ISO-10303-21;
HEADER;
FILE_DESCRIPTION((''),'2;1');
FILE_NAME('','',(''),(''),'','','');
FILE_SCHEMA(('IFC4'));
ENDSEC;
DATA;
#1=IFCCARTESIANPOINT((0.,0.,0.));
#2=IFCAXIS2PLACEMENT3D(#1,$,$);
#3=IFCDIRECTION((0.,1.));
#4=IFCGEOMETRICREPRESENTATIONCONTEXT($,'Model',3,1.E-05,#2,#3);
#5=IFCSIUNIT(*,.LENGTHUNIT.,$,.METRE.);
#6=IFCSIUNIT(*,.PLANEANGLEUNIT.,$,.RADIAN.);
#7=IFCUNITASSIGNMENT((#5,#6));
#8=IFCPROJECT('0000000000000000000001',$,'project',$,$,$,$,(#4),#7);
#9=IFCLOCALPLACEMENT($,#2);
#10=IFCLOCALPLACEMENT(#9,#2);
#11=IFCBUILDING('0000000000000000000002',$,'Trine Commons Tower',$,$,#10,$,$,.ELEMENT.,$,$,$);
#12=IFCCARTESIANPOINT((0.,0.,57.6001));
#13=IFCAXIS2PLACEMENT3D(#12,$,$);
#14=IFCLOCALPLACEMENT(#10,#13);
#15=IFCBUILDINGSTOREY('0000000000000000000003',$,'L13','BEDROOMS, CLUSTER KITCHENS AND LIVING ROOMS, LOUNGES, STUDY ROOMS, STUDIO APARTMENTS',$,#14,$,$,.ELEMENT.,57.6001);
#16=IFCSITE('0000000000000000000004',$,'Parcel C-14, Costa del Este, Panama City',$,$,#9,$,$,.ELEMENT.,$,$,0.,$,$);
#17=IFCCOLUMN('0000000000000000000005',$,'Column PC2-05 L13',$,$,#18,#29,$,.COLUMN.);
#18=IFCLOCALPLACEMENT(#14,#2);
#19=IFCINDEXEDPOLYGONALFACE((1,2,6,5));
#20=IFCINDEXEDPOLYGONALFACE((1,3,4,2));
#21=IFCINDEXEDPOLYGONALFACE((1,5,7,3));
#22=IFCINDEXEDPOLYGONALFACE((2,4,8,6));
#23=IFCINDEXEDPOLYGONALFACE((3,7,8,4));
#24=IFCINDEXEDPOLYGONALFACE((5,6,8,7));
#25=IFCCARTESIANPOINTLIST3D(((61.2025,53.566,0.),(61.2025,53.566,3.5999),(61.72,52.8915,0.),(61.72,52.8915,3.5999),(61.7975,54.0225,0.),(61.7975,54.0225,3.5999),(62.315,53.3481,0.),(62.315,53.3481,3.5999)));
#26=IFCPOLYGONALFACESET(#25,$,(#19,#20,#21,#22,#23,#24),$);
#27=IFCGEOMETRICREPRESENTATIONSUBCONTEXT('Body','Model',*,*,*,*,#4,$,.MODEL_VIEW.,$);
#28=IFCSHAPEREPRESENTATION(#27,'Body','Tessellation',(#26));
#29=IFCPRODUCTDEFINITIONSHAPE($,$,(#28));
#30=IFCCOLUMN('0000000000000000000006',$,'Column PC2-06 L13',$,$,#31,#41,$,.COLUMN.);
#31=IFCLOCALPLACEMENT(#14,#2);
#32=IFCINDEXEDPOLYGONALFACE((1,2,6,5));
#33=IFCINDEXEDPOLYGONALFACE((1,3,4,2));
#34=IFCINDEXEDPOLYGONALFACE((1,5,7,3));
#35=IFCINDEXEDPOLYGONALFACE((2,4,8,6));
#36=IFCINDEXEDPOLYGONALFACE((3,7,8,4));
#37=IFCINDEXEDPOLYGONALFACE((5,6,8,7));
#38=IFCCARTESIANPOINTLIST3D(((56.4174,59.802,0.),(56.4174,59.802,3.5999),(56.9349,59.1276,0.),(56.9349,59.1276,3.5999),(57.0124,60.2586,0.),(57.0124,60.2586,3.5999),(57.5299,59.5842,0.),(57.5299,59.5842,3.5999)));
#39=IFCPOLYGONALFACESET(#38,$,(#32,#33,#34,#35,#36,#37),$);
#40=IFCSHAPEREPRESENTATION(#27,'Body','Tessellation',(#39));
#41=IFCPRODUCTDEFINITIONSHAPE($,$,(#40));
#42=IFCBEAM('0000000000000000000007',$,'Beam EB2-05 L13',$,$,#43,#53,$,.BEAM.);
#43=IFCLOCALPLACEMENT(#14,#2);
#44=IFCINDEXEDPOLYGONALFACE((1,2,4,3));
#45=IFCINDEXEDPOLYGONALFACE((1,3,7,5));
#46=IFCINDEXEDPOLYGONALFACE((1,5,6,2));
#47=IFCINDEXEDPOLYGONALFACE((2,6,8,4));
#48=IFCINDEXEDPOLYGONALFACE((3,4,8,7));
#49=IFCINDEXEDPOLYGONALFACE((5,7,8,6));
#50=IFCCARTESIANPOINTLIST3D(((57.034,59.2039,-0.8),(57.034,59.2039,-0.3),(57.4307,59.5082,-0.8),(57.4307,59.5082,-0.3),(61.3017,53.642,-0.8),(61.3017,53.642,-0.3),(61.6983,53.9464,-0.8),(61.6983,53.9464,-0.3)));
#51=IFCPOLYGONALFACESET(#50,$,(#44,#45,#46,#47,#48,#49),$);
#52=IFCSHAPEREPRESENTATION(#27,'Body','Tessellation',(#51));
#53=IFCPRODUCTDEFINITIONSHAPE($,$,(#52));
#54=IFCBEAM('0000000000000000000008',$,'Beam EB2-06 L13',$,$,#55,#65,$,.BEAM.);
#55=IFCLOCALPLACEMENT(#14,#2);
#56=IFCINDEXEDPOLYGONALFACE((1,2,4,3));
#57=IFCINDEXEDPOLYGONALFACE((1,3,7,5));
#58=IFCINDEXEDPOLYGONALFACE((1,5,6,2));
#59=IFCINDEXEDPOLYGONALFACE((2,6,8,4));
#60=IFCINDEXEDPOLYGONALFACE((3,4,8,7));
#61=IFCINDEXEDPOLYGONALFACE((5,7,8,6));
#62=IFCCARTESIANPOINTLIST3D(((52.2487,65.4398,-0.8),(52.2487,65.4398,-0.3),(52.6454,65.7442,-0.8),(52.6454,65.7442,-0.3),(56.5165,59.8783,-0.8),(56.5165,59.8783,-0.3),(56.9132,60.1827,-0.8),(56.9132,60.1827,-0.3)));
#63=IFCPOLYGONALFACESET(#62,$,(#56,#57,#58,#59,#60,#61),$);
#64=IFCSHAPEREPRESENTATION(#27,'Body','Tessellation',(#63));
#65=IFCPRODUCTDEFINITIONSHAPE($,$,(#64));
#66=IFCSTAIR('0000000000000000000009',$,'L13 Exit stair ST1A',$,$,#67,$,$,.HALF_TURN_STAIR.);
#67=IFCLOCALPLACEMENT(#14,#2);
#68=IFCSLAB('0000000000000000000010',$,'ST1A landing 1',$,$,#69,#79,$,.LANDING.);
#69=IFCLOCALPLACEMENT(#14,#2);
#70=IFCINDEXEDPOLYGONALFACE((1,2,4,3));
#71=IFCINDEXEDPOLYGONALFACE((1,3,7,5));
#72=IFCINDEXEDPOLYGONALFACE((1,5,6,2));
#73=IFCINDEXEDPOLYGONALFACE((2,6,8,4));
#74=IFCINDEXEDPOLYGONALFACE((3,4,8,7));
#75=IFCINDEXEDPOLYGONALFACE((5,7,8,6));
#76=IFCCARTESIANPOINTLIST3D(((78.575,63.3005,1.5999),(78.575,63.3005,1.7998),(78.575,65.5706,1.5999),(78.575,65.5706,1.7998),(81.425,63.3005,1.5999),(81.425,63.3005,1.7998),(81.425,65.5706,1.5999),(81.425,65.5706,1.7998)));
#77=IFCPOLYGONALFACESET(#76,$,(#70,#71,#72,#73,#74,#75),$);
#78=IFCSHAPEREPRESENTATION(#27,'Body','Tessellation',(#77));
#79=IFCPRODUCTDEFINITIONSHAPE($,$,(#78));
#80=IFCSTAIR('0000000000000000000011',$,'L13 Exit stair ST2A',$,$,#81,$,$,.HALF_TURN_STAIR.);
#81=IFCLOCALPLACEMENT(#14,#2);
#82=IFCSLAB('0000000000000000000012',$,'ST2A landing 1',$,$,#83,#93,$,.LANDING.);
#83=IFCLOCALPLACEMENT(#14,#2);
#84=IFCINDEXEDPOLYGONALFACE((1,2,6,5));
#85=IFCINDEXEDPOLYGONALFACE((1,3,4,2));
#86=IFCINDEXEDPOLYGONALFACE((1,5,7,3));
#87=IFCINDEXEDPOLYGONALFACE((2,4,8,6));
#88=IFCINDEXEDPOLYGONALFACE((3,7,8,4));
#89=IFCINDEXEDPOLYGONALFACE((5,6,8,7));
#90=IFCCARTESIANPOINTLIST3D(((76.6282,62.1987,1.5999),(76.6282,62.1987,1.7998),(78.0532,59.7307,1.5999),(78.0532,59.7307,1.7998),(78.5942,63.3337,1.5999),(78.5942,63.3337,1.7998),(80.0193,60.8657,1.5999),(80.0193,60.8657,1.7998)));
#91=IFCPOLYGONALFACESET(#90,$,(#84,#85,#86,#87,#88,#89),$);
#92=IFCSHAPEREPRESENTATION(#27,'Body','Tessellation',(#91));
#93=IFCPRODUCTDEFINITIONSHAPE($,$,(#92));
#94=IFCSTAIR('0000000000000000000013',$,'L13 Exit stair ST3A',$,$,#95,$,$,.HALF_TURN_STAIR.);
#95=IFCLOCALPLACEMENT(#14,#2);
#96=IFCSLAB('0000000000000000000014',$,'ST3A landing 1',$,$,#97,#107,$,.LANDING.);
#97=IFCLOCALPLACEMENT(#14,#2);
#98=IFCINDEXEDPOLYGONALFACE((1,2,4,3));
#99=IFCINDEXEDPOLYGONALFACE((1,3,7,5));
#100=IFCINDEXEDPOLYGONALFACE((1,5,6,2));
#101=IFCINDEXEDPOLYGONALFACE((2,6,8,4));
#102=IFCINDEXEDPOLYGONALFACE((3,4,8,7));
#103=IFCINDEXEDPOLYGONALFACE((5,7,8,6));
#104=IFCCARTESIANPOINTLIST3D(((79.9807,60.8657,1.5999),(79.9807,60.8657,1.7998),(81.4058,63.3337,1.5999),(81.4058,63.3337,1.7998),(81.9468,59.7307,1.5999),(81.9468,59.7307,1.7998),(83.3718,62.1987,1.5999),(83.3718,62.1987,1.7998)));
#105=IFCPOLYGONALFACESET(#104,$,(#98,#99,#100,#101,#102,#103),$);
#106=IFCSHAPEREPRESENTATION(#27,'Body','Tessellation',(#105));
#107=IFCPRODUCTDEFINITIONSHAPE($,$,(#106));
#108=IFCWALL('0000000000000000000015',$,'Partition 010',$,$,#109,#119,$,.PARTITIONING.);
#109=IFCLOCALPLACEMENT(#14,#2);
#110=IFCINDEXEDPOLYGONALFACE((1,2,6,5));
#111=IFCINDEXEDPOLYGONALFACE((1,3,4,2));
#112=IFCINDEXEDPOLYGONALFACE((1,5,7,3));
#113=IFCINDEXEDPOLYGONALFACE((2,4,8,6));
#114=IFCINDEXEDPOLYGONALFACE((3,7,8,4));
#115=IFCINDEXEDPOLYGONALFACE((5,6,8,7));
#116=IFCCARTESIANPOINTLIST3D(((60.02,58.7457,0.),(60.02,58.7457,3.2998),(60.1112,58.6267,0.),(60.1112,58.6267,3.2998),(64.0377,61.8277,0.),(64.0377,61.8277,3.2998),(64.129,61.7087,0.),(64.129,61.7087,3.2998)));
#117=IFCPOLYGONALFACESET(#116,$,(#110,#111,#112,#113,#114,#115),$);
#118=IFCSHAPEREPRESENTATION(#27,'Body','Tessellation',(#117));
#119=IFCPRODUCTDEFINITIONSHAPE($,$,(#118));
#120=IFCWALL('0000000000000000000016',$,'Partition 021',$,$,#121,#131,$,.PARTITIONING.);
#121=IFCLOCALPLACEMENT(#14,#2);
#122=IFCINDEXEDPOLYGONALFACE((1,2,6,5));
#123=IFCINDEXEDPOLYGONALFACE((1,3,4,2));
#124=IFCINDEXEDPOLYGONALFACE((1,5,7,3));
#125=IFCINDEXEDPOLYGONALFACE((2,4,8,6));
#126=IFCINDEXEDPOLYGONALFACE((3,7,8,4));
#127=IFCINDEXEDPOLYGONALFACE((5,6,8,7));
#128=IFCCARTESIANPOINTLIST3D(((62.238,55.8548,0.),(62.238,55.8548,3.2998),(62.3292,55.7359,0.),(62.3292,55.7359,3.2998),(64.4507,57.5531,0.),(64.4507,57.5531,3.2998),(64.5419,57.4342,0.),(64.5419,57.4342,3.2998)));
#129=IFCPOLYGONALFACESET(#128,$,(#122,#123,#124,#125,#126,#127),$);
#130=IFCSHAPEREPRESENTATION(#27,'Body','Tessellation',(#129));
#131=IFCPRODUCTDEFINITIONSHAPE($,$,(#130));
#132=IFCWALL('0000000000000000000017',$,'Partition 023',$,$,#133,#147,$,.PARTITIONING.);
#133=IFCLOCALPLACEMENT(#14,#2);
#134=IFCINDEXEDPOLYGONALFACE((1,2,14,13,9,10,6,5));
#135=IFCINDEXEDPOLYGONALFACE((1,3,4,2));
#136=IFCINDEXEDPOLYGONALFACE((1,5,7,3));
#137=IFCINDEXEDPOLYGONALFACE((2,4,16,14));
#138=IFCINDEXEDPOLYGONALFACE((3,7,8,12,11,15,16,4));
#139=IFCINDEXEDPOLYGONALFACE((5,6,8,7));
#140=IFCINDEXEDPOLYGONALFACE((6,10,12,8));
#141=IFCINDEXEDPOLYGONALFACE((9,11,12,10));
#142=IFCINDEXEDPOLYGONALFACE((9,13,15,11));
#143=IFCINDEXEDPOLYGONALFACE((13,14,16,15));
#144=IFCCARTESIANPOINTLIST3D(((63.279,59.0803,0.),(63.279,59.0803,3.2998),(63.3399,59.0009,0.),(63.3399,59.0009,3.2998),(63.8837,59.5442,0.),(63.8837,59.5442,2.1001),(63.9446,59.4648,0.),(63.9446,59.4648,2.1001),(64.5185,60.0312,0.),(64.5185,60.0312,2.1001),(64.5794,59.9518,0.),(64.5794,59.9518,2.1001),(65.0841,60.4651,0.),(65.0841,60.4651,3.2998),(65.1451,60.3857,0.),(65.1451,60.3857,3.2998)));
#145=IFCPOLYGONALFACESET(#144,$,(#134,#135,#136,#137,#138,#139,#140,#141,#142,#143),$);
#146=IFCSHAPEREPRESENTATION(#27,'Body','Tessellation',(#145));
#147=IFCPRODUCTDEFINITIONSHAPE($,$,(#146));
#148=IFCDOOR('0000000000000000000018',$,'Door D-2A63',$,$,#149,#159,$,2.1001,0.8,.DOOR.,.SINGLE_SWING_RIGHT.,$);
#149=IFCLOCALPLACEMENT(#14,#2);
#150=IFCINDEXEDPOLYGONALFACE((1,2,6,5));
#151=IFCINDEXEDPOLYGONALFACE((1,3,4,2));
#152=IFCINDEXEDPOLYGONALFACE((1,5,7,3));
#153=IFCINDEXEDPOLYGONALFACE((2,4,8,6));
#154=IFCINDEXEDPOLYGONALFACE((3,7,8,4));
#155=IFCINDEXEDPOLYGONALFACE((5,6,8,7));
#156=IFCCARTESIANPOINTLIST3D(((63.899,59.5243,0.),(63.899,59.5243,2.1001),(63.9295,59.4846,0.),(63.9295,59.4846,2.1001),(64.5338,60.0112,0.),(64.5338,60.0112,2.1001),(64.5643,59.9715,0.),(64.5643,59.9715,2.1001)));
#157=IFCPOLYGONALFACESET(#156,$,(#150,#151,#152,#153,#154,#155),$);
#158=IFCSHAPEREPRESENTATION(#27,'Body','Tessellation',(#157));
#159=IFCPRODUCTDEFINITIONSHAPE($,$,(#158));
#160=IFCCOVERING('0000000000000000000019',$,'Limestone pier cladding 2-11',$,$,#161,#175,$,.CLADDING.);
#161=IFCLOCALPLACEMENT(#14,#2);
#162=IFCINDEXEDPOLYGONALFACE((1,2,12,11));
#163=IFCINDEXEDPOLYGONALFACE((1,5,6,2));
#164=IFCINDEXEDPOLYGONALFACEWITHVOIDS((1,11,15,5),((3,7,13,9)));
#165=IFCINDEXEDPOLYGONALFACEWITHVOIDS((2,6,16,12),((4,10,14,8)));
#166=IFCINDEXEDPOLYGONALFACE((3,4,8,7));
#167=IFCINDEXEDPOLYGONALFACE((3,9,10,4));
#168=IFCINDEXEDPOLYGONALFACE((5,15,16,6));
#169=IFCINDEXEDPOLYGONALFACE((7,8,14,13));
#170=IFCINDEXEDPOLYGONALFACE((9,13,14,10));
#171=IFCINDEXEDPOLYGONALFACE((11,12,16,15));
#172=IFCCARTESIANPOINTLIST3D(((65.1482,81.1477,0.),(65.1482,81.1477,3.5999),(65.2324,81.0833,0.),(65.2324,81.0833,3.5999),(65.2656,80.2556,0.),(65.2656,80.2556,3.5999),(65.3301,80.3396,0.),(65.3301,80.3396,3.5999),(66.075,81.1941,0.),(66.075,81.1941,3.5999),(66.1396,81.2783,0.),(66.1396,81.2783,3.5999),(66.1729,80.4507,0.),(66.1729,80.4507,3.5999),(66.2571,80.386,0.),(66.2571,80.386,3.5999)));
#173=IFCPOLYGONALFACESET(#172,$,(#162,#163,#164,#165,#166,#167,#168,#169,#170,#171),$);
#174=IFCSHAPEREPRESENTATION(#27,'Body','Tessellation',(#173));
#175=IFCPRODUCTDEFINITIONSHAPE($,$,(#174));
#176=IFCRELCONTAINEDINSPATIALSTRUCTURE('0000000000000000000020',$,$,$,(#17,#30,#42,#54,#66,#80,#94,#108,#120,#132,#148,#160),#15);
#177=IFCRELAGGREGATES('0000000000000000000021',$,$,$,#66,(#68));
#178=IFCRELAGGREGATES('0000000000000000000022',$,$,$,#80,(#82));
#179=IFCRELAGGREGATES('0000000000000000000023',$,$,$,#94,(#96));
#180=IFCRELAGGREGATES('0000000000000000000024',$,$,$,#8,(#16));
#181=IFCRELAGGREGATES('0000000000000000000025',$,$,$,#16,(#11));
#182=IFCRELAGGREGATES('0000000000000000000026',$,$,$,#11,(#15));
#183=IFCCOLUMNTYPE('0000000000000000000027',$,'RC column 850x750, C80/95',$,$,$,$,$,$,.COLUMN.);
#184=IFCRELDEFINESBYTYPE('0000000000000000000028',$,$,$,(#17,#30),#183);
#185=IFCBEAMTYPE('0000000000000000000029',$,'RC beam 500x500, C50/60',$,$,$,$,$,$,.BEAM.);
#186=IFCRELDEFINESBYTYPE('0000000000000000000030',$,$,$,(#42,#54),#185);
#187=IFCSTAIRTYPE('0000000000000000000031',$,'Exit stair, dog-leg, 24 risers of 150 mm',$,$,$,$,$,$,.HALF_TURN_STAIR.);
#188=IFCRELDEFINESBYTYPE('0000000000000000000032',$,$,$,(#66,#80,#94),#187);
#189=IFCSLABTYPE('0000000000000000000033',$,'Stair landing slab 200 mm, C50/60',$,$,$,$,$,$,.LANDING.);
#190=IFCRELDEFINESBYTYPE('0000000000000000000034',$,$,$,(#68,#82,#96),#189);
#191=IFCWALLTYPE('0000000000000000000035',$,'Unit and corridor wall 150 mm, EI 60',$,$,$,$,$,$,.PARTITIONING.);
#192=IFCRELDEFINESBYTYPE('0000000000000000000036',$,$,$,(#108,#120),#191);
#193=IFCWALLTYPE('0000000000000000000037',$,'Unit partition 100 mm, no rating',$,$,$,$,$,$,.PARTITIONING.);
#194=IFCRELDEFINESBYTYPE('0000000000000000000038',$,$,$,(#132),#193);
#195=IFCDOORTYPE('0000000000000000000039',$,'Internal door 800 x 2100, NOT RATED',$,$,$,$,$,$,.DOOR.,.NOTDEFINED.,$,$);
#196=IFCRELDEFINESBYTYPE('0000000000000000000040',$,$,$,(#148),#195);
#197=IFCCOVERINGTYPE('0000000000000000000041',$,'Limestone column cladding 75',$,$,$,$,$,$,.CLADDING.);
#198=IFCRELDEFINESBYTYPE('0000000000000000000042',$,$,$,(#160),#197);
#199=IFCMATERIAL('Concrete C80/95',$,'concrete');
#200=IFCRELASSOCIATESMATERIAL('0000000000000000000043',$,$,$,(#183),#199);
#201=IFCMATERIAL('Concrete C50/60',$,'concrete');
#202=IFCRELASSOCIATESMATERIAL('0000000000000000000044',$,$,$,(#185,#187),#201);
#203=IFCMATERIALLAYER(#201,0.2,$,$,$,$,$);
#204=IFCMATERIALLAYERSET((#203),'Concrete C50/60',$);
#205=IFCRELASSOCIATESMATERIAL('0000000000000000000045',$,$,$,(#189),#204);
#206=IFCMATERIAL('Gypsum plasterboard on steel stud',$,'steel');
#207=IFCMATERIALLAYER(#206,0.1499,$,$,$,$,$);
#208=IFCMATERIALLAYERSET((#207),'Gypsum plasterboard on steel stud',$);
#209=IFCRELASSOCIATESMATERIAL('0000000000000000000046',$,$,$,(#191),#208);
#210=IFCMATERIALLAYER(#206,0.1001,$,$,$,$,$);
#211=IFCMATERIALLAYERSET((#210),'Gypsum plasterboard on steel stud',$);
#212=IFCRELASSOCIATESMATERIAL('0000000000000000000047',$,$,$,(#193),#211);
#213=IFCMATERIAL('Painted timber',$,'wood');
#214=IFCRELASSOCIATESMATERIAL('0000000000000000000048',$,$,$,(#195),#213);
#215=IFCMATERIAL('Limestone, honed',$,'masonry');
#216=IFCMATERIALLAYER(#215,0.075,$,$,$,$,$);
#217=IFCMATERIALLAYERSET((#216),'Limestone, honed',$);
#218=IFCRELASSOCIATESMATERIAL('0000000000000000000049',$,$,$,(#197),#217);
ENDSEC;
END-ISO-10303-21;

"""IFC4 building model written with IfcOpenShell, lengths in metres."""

from ifc_helpers import new_model, si_unit, direction, frame, frame_2d, origin, origin_2d, place, context, subcontext, project, spatial, polyline, rectangle, outline, extrude, material, layer, layer_set, material_profile, profile_set, type_object, element, fill, aggregate, save


model = new_model("IFC4")

# Units and contexts
model_context = context("Model", 3, precision=1e-05, world=origin(), true_north=direction((0.0, 1.0)))
body_context = subcontext(model_context, "Body", "Model", "MODEL_VIEW")
ifc_project = project(units=[si_unit("LENGTHUNIT", "METRE"), si_unit("PLANEANGLEUNIT", "RADIAN")], contexts=[model_context])

# Site, building, storey
site_placement = place(None, origin())
site = spatial("IfcSite", under=ifc_project, at=site_placement, Name="Parcel C-14, Costa del Este, Panama City", CompositionType="ELEMENT", RefElevation=0.0)
building_placement = place(site_placement, origin())
building = spatial("IfcBuilding", under=site, at=building_placement, Name="Trine Commons Tower", CompositionType="ELEMENT")
storey_placement = place(building_placement, frame((0.0, 0.0, 57.6001)))
storey = spatial("IfcBuildingStorey", under=building, at=storey_placement, Name="L13", Description="BEDROOMS, CLUSTER KITCHENS AND LIVING ROOMS, LOUNGES, STUDY ROOMS, STUDIO APARTMENTS", CompositionType="ELEMENT", Elevation=57.6001)

# Columns
ifc_material_1 = material(Name="Concrete C80/95", Category="concrete")
ifc_material_profile_1 = material_profile(ifc_material_1, rectangle(XDim=0.8501, YDim=0.75, at=origin_2d()), Name="RC 850x750")
ifc_profile_set_1 = profile_set([ifc_material_profile_1], Name="Concrete C80/95")
column_type = type_object("IfcColumnType", Name="RC column 850x750, C80/95", PredefinedType="COLUMN", material=ifc_profile_set_1)
for number, where, z_axis, x_axis, name in (
    (1, (61.7588, 53.457, 0.0), (0.0, 0.0, 1.0), (-0.608761, 0.793353, 0.0), "Column PC2-05 L13"),
    (2, (56.9736, 59.6931, 0.0), (0.0, 0.0, 1.0), (-0.608761, 0.793353, 0.0), "Column PC2-06 L13"),
):
    element("IfcColumn", number, at=place(storey_placement, frame(where, z_axis=z_axis, x_axis=x_axis)), inside=storey, type_object=column_type, Name=name, PredefinedType="COLUMN", context=body_context, shape_type="SweptSolid", body=[
        extrude(rectangle(XDim=0.8501, YDim=0.75, at=origin_2d()), origin(), (0.0, 0.0, 1.0), 3.5999),
    ])

# Beams
ifc_material_2 = material(Name="Concrete C50/60", Category="concrete")
ifc_material_profile_2 = material_profile(ifc_material_2, rectangle(XDim=0.5, YDim=0.5, at=origin_2d()), Name="RC 500x500")
ifc_profile_set_2 = profile_set([ifc_material_profile_2], Name="Concrete C50/60")
beam_type = type_object("IfcBeamType", Name="RC beam 500x500, C50/60", PredefinedType="BEAM", material=ifc_profile_set_2)
beam_1_placement = place(storey_placement, frame((61.5, 53.7942, -0.55), z_axis=(-0.608751, 0.793361, 0.0), x_axis=(-0.793361, -0.608751, 0.0)))
element("IfcBeam", 3, at=beam_1_placement, inside=storey, type_object=beam_type, Name="Beam EB2-05 L13", PredefinedType="BEAM", context=body_context, shape_type="SweptSolid", body=[
    extrude(rectangle(XDim=0.5, YDim=0.5, at=origin_2d()), origin(), (0.0, 0.0, 1.0), 7.0105),
])
beam_2_placement = place(storey_placement, frame((56.7148, 60.0305, -0.55), z_axis=(-0.60879, 0.793332, 0.0), x_axis=(-0.793332, -0.60879, 0.0)))
element("IfcBeam", 4, at=beam_2_placement, inside=storey, type_object=beam_type, Name="Beam EB2-06 L13", PredefinedType="BEAM", context=body_context, shape_type="SweptSolid", body=[
    extrude(rectangle(XDim=0.5, YDim=0.5, at=origin_2d()), origin(), (0.0, 0.0, 1.0), 7.0103),
])

# Stairs, slabs
stair_type = type_object("IfcStairType", Name="Exit stair, dog-leg, 24 risers of 150 mm", PredefinedType="HALF_TURN_STAIR", material=ifc_material_2)
stair_1_placement = place(storey_placement, origin())
stair_1 = element("IfcStair", 5, at=stair_1_placement, inside=storey, type_object=stair_type, Name="L13 Exit stair ST1A", PredefinedType="HALF_TURN_STAIR")
ifc_layer_1 = layer(ifc_material_2, 0.2)
ifc_layer_set_1 = layer_set([ifc_layer_1], Name="Concrete C50/60")
slab_type = type_object("IfcSlabType", Name="Stair landing slab 200 mm, C50/60", PredefinedType="LANDING", material=ifc_layer_set_1)
slab_1_placement = place(storey_placement, frame((0.0, 0.0, 1.5999)))
slab_1 = element("IfcSlab", 6, at=slab_1_placement, type_object=slab_type, Name="ST1A landing 1", PredefinedType="LANDING", context=body_context, shape_type="SweptSolid", body=[
    extrude(outline(polyline([(78.575, 65.5706), (78.575, 63.3005), (81.425, 63.3005), (81.425, 65.5706), (78.575, 65.5706)])), origin(), (0.0, 0.0, 1.0), 0.2),
])
aggregate(stair_1, [slab_1])
stair_2_placement = place(storey_placement, origin())
stair_2 = element("IfcStair", 7, at=stair_2_placement, inside=storey, type_object=stair_type, Name="L13 Exit stair ST2A", PredefinedType="HALF_TURN_STAIR")
slab_2_placement = place(storey_placement, frame((0.0, 0.0, 1.5999)))
slab_2 = element("IfcSlab", 8, at=slab_2_placement, type_object=slab_type, Name="ST2A landing 1", PredefinedType="LANDING", context=body_context, shape_type="SweptSolid", body=[
    extrude(outline(polyline([(78.0532, 59.7307), (80.0193, 60.8657), (78.5942, 63.3337), (76.6282, 62.1987), (78.0532, 59.7307)])), origin(), (0.0, 0.0, 1.0), 0.2),
])
aggregate(stair_2, [slab_2])
stair_3_placement = place(storey_placement, origin())
stair_3 = element("IfcStair", 9, at=stair_3_placement, inside=storey, type_object=stair_type, Name="L13 Exit stair ST3A", PredefinedType="HALF_TURN_STAIR")
slab_3_placement = place(storey_placement, frame((0.0, 0.0, 1.5999)))
slab_3 = element("IfcSlab", 10, at=slab_3_placement, type_object=slab_type, Name="ST3A landing 1", PredefinedType="LANDING", context=body_context, shape_type="SweptSolid", body=[
    extrude(outline(polyline([(83.3718, 62.1987), (81.4058, 63.3337), (79.9807, 60.8657), (81.9468, 59.7307), (83.3718, 62.1987)])), origin(), (0.0, 0.0, 1.0), 0.2),
])
aggregate(stair_3, [slab_3])

# Walls
ifc_material_3 = material(Name="Gypsum plasterboard on steel stud", Category="steel")
ifc_layer_2 = layer(ifc_material_3, 0.1499)
ifc_layer_set_2 = layer_set([ifc_layer_2], Name="Gypsum plasterboard on steel stud")
wall_type_1 = type_object("IfcWallType", Name="Unit and corridor wall 150 mm, EI 60", PredefinedType="PARTITIONING", material=ifc_layer_set_2)
wall_1_placement = place(storey_placement, frame((60.0657, 58.6863, 0.0), z_axis=(0.0, 0.0, 1.0), x_axis=(0.793444, 0.608643, 0.0)))
element("IfcWall", 11, at=wall_1_placement, inside=storey, type_object=wall_type_1, Name="Partition 010", PredefinedType="PARTITIONING", context=body_context, shape_type="SweptSolid", body=[
    extrude(rectangle(XDim=5.0637, YDim=0.1499, at=frame_2d((2.5317, 0.0))), origin(), (0.0, 0.0, 1.0), 3.2998),
])
wall_2_placement = place(storey_placement, frame((62.2837, 55.7954, 0.0), z_axis=(0.0, 0.0, 1.0), x_axis=(0.793281, 0.608856, 0.0)))
element("IfcWall", 12, at=wall_2_placement, inside=storey, type_object=wall_type_1, Name="Partition 021", PredefinedType="PARTITIONING", context=body_context, shape_type="SweptSolid", body=[
    extrude(rectangle(XDim=2.7893, YDim=0.1499, at=frame_2d((1.3945, 0.0))), origin(), (0.0, 0.0, 1.0), 3.2998),
])

# Wall, opening, door
ifc_layer_3 = layer(ifc_material_3, 0.1001)
ifc_layer_set_3 = layer_set([ifc_layer_3], Name="Gypsum plasterboard on steel stud")
wall_type_2 = type_object("IfcWallType", Name="Unit partition 100 mm, no rating", PredefinedType="PARTITIONING", material=ifc_layer_set_3)
wall_3_placement = place(storey_placement, frame((63.3093, 59.0405, 0.0), z_axis=(0.0, 0.0, 1.0), x_axis=(0.793437, 0.608652, 0.0)))
wall_3 = element("IfcWall", 13, at=wall_3_placement, inside=storey, type_object=wall_type_2, Name="Partition 023", PredefinedType="PARTITIONING", context=body_context, shape_type="SweptSolid", body=[
    extrude(rectangle(XDim=2.2751, YDim=0.1001, at=frame_2d((1.1377, 0.0))), origin(), (0.0, 0.0, 1.0), 3.2998),
])
opening_placement = place(wall_3_placement, frame((0.7625, 0.0, 0.0)))
opening = element("IfcOpeningElement", 14, at=opening_placement, cuts=wall_3, PredefinedType="OPENING", context=body_context, shape_type="SweptSolid", body=[
    extrude(rectangle(XDim=0.8, YDim=2.1001, at=frame_2d((0.3999, 1.05))), frame((0.0, 0.0601, 0.0), z_axis=(0.0, -1.0, 0.0), x_axis=(1.0, 0.0, 0.0)), (0.0, 0.0, 1.0), 0.1201),
])
ifc_material_4 = material(Name="Painted timber", Category="wood")
door_type = type_object("IfcDoorType", Name="Internal door 800 x 2100, NOT RATED", OperationType="NOTDEFINED", PredefinedType="DOOR", material=ifc_material_4)
door_placement = place(opening_placement, origin())
door = element("IfcDoor", 15, at=door_placement, inside=storey, type_object=door_type, Name="Door D-2A63", OperationType="SINGLE_SWING_RIGHT", OverallHeight=2.1001, OverallWidth=0.8, PredefinedType="DOOR", context=body_context, shape_type="SweptSolid", body=[
    extrude(rectangle(XDim=0.8, YDim=2.1001, at=frame_2d((0.3999, 1.05))), frame((0.0, 0.0249, 0.0), z_axis=(0.0, -1.0, 0.0), x_axis=(1.0, 0.0, 0.0)), (0.0, 0.0, 1.0), 0.05),
])
fill(opening, door)

# Covering
ifc_material_5 = material(Name="Limestone, honed", Category="masonry")
ifc_layer_4 = layer(ifc_material_5, 0.075)
ifc_layer_set_4 = layer_set([ifc_layer_4], Name="Limestone, honed")
covering_type_1 = type_object("IfcCoveringType", Name="Limestone column cladding 75", PredefinedType="CLADDING", material=ifc_layer_set_4)
covering_1_placement = place(storey_placement, origin())
element("IfcCovering", 16, at=covering_1_placement, inside=storey, type_object=covering_type_1, Name="Limestone pier cladding 2-11", PredefinedType="CLADDING", context=body_context, shape_type="SweptSolid", body=[
    extrude(outline(polyline([(66.2571, 80.386), (66.1396, 81.2783), (65.1482, 81.1477), (65.2656, 80.2556), (66.2571, 80.386)]), holes=[polyline([(66.1729, 80.4507), (66.075, 81.1941), (65.2324, 81.0833), (65.3301, 80.3396), (66.1729, 80.4507)])]), origin(), (0.0, 0.0, 1.0), 3.5999),
])

save(model, "model.ifc")
